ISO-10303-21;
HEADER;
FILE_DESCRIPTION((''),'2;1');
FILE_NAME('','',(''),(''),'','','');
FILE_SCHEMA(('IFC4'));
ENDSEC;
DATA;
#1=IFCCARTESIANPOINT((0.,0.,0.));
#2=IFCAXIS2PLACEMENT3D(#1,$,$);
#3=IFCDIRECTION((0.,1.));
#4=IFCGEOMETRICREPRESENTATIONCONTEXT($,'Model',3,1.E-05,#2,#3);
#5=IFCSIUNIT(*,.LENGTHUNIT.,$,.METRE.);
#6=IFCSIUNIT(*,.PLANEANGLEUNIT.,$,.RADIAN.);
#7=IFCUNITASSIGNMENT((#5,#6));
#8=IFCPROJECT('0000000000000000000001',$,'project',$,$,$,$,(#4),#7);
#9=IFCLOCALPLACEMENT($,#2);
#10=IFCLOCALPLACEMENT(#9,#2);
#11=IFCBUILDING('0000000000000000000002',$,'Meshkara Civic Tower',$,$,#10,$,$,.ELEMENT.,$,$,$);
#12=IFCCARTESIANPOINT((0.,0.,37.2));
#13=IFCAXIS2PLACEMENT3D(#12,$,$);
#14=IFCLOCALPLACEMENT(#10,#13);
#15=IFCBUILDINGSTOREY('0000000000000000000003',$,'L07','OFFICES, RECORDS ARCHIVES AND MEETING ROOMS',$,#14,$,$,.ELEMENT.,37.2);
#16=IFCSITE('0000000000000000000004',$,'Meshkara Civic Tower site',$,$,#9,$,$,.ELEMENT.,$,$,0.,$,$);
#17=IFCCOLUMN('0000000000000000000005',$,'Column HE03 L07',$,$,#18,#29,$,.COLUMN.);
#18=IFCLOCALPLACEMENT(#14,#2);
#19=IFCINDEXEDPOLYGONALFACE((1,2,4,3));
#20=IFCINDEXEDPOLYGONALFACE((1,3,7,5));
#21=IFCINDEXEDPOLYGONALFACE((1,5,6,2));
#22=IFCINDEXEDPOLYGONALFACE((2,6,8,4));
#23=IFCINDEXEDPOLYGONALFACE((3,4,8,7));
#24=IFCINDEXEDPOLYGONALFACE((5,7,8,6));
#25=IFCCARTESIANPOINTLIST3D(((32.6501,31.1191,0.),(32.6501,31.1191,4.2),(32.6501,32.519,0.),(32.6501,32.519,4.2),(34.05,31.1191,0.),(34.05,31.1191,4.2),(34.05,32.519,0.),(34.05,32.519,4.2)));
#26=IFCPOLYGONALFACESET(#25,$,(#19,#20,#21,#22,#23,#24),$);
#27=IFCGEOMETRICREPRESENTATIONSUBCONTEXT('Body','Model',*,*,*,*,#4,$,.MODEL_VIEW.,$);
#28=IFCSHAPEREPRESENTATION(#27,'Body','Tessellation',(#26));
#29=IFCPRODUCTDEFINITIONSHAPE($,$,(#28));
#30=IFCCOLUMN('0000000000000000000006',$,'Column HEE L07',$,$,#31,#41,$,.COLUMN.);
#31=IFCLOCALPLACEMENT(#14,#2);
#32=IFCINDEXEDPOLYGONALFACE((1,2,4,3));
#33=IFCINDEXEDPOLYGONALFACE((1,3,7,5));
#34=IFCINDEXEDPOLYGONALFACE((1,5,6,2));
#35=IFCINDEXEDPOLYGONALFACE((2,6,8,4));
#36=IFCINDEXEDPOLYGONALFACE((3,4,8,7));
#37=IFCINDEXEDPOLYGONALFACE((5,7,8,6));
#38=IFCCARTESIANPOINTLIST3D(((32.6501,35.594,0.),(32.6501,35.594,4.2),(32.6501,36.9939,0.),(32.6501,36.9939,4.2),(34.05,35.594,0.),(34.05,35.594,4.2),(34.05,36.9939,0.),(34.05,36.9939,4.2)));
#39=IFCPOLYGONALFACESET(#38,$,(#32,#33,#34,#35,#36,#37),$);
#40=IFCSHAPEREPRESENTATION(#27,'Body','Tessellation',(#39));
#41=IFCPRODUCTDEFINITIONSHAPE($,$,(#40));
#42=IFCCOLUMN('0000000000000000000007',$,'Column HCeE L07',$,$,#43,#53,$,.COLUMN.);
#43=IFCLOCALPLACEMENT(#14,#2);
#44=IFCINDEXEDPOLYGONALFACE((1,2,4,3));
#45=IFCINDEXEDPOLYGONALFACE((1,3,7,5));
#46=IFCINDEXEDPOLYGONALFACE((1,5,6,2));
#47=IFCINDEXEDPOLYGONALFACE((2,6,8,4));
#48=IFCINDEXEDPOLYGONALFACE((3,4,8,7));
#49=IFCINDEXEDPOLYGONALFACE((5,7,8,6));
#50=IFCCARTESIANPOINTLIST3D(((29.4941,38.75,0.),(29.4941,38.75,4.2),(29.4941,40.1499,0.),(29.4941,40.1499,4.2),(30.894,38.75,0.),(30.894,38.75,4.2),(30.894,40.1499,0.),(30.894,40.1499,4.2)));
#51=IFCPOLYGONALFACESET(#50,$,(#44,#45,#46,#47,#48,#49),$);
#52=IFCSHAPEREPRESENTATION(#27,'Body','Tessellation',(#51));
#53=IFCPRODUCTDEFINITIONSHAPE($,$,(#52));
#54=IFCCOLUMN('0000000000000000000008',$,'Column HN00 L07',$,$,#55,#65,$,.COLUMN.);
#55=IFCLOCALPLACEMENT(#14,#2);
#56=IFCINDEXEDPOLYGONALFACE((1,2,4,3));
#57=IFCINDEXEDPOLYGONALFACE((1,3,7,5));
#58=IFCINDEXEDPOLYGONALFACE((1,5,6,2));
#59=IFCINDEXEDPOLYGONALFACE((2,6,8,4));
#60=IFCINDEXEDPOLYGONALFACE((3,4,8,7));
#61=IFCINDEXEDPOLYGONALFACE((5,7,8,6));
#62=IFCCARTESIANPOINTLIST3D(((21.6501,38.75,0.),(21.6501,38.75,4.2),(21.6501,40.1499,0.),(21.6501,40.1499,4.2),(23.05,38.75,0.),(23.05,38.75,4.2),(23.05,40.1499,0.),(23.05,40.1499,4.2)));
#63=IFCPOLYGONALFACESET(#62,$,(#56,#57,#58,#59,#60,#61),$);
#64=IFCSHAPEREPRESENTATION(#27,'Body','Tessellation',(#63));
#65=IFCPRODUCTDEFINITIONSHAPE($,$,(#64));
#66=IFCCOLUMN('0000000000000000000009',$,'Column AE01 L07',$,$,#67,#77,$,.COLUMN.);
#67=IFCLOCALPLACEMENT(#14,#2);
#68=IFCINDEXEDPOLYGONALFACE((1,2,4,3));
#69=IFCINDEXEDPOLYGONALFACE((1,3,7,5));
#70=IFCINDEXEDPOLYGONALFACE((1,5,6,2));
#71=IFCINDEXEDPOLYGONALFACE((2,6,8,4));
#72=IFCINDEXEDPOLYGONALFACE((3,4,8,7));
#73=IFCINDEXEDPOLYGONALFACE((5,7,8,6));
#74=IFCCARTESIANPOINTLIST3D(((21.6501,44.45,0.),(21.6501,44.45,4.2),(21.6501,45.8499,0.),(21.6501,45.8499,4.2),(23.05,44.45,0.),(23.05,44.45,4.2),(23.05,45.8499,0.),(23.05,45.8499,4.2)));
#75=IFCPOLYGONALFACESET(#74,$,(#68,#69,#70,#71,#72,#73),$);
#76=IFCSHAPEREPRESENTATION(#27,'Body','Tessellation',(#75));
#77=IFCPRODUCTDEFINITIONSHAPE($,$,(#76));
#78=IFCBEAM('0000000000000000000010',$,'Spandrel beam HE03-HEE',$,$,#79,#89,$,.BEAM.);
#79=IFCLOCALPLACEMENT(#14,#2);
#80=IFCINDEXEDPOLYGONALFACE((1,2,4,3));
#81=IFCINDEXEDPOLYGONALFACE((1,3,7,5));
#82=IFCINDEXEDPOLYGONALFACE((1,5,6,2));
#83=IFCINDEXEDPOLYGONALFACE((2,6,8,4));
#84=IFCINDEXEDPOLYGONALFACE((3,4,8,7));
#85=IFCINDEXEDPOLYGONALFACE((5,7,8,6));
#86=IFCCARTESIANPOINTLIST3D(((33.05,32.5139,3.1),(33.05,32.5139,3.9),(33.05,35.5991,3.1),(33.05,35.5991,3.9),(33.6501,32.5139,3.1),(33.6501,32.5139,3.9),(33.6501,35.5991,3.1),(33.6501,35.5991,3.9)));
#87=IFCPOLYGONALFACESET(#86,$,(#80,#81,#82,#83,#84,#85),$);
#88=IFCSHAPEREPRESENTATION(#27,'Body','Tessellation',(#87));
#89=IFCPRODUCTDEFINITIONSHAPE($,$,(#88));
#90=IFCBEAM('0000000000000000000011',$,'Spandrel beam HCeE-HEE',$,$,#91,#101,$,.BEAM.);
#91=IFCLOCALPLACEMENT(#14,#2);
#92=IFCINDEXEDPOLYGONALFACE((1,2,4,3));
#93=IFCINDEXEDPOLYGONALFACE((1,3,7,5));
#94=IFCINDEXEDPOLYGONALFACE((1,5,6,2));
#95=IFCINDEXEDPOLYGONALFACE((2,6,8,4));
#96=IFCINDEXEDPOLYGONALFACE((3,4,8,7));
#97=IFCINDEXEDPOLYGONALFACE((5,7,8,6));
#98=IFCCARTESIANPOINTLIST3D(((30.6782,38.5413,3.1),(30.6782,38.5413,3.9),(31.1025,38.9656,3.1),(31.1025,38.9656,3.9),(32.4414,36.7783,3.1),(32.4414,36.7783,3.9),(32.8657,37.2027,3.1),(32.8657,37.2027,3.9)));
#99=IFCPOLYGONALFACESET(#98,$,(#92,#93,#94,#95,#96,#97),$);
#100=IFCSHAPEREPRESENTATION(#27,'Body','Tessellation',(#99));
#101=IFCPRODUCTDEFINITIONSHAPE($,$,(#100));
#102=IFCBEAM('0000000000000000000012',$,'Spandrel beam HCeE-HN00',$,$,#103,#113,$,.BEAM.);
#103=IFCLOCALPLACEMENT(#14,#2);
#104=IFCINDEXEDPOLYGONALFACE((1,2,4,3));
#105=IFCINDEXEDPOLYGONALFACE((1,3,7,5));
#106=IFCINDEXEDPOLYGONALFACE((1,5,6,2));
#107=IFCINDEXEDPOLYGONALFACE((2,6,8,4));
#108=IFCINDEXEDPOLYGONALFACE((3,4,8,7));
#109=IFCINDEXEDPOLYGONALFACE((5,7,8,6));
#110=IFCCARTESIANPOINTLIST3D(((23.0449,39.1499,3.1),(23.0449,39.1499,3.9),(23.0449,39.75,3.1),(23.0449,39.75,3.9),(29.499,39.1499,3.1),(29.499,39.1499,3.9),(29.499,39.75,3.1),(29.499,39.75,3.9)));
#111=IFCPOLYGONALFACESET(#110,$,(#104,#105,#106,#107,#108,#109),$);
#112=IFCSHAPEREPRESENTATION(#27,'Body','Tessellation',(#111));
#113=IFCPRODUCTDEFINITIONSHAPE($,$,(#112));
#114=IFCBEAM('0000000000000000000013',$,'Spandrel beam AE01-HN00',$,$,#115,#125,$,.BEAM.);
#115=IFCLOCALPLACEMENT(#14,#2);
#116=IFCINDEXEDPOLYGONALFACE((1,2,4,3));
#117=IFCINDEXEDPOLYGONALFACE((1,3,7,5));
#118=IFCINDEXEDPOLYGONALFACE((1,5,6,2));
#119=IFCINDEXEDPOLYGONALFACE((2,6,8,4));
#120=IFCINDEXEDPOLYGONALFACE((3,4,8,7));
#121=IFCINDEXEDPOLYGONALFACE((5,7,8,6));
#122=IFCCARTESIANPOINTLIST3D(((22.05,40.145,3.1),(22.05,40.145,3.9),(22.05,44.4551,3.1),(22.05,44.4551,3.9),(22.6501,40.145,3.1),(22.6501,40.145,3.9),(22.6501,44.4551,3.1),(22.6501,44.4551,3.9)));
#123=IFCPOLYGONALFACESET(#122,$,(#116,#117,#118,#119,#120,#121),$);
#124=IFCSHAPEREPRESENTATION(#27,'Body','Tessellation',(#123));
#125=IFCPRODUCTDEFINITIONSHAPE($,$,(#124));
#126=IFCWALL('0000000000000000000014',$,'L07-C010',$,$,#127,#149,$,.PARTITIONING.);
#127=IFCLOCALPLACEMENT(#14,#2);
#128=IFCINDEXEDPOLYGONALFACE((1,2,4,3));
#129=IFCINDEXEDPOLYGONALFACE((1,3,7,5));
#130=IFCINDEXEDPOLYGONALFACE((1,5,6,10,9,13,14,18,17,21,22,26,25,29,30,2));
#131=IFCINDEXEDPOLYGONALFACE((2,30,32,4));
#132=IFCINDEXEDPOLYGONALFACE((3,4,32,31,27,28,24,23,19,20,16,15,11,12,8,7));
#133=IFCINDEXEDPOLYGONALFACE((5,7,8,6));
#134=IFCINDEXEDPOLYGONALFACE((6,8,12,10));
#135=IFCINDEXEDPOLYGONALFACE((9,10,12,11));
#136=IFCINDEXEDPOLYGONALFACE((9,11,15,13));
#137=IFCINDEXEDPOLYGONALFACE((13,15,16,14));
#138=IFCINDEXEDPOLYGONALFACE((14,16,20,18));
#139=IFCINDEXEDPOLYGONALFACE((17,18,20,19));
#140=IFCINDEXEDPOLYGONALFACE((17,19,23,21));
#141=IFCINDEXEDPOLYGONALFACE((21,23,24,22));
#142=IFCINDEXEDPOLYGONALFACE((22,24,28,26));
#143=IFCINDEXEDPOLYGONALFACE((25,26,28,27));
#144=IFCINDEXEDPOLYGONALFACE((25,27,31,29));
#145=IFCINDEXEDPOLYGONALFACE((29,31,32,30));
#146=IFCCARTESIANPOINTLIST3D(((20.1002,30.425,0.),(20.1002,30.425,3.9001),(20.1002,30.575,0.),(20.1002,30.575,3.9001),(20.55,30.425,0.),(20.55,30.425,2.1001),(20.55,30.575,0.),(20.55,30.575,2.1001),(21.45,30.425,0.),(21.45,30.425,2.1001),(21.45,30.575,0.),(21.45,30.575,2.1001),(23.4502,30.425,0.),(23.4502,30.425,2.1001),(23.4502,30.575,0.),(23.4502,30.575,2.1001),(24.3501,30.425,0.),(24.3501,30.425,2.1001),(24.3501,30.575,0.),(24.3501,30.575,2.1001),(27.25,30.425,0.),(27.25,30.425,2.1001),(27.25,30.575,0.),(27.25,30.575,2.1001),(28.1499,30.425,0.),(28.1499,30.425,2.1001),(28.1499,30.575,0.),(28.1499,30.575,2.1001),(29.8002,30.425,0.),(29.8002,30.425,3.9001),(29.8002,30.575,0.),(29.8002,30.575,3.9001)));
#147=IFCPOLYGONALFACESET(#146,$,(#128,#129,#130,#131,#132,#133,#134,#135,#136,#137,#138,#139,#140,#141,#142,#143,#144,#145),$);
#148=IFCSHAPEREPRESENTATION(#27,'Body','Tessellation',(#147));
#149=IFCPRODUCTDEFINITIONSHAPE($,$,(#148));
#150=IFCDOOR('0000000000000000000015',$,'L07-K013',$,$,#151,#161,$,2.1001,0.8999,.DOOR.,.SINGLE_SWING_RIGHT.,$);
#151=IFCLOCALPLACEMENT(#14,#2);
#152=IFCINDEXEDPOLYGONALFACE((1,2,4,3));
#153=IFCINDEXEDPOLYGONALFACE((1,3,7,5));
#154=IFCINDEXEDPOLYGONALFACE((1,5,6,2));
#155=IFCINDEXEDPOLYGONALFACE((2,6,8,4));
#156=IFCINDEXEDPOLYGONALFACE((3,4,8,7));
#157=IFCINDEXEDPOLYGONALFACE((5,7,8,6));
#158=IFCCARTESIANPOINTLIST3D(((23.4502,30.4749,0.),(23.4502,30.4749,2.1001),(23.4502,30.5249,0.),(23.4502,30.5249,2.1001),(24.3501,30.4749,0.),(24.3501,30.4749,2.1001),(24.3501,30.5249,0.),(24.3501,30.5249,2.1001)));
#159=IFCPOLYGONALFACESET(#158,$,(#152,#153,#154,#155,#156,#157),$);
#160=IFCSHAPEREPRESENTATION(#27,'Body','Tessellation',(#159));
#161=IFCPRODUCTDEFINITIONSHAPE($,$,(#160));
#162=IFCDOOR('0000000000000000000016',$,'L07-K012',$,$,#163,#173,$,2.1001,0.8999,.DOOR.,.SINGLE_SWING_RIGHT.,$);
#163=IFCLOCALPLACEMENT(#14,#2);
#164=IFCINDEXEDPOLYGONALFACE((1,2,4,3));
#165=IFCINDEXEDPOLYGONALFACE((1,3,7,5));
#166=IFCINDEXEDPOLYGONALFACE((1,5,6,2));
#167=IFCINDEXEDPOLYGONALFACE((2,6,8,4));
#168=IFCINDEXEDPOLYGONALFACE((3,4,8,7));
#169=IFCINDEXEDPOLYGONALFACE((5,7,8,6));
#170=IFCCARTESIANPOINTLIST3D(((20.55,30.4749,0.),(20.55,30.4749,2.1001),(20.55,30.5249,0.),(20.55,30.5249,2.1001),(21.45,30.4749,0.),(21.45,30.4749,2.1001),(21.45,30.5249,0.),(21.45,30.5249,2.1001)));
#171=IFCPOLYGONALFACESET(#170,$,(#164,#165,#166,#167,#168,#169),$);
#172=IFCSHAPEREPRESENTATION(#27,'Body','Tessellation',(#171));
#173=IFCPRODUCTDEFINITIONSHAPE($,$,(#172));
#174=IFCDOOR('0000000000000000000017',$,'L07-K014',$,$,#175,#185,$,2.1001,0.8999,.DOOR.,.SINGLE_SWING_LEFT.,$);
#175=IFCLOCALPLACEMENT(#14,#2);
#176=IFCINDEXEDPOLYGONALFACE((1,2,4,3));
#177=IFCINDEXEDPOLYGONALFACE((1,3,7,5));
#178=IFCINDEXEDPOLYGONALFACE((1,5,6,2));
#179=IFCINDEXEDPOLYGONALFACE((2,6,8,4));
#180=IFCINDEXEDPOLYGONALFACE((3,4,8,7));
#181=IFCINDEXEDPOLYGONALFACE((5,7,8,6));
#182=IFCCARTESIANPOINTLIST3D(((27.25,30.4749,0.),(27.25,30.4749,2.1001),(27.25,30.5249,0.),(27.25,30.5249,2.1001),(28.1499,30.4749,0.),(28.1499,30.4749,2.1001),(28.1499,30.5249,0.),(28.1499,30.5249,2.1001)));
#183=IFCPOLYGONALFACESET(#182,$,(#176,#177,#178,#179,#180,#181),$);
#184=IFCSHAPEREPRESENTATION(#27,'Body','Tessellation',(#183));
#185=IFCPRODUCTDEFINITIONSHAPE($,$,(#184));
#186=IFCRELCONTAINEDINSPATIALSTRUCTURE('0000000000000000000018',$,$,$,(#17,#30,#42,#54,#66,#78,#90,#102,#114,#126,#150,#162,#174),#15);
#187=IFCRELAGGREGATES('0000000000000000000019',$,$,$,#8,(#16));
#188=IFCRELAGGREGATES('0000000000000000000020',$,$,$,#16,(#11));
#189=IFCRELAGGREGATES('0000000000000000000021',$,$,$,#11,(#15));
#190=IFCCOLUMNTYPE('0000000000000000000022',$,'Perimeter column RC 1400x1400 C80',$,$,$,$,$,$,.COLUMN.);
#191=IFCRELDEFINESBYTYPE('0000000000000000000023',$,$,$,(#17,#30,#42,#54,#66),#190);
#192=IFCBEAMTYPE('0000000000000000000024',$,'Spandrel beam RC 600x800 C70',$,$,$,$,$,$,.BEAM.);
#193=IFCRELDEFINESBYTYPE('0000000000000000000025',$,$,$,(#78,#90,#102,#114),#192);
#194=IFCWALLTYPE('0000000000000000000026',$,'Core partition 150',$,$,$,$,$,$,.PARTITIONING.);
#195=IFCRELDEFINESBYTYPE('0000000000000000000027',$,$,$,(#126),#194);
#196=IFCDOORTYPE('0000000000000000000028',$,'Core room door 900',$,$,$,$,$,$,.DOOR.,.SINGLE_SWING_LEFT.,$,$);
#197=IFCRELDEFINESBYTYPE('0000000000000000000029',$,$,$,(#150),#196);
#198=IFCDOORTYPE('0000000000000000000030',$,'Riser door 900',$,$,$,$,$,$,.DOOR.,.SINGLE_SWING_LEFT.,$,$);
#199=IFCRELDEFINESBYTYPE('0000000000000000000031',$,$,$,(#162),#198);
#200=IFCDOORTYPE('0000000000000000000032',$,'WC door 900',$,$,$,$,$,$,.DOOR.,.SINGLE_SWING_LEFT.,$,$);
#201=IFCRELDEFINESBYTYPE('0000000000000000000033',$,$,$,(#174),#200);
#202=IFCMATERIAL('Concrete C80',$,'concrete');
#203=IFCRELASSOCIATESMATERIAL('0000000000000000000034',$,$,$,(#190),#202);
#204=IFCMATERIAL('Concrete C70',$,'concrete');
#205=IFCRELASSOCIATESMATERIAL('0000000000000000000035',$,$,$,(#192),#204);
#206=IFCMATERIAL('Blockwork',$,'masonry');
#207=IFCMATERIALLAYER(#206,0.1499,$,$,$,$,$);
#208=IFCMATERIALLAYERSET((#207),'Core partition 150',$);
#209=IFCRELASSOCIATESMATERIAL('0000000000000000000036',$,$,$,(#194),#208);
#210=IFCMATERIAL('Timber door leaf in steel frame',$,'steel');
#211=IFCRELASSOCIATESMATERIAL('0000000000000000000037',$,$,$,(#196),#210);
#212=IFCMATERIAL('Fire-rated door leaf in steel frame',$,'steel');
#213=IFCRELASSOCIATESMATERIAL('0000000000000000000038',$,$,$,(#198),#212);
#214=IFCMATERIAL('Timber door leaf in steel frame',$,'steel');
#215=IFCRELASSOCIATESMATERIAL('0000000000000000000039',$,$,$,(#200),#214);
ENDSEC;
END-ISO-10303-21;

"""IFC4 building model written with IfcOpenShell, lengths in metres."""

from ifc_helpers import new_model, si_unit, direction, frame, frame_2d, origin, origin_2d, place, context, subcontext, project, spatial, rectangle, extrude, material, layer, layer_set, material_profile, profile_set, type_object, element, fill, save


model = new_model("IFC4")

# Units and contexts
model_context = context("Model", 3, precision=1e-05, world=origin(), true_north=direction((0.0, 1.0)))
body_context = subcontext(model_context, "Body", "Model", "MODEL_VIEW")
ifc_project = project(units=[si_unit("LENGTHUNIT", "METRE"), si_unit("PLANEANGLEUNIT", "RADIAN")], contexts=[model_context])

# Site, building, storey
site_placement = place(None, origin())
site = spatial("IfcSite", under=ifc_project, at=site_placement, Name="Meshkara Civic Tower site", CompositionType="ELEMENT", RefElevation=0.0)
building_placement = place(site_placement, origin())
building = spatial("IfcBuilding", under=site, at=building_placement, Name="Meshkara Civic Tower", CompositionType="ELEMENT")
storey_placement = place(building_placement, frame((0.0, 0.0, 37.2)))
storey = spatial("IfcBuildingStorey", under=building, at=storey_placement, Name="L07", Description="OFFICES, RECORDS ARCHIVES AND MEETING ROOMS", CompositionType="ELEMENT", Elevation=37.2)

# Columns
ifc_material_1 = material(Name="Concrete C80", Category="concrete")
ifc_material_profile_1 = material_profile(ifc_material_1, rectangle(XDim=1.3999, YDim=1.3999, at=origin_2d()))
ifc_profile_set_1 = profile_set([ifc_material_profile_1], Name="Concrete C80")
column_type = type_object("IfcColumnType", Name="Perimeter column RC 1400x1400 C80", PredefinedType="COLUMN", material=ifc_profile_set_1)
for number, where, z_axis, x_axis, name in (
    (1, (33.3501, 31.8191, 0.0), (0.0, 0.0, 1.0), (1.0, 0.0, 0.0), "Column HE03 L07"),
    (2, (33.3501, 36.2939, 0.0), (0.0, 0.0, 1.0), (1.0, 0.0, 0.0), "Column HEE L07"),
    (3, (30.1941, 39.45, 0.0), (0.0, 0.0, 1.0), (1.0, 0.0, 0.0), "Column HCeE L07"),
    (4, (22.3501, 39.45, 0.0), (0.0, 0.0, 1.0), (1.0, 0.0, 0.0), "Column HN00 L07"),
    (5, (22.3501, 45.1499, 0.0), (0.0, 0.0, 1.0), (1.0, 0.0, 0.0), "Column AE01 L07"),
):
    element("IfcColumn", number, at=place(storey_placement, frame(where, z_axis=z_axis, x_axis=x_axis)), inside=storey, type_object=column_type, Name=name, PredefinedType="COLUMN", context=body_context, shape_type="SweptSolid", body=[
        extrude(rectangle(XDim=1.3999, YDim=1.3999, at=origin_2d()), origin(), (0.0, 0.0, 1.0), 4.2),
    ])

# Beams
ifc_material_2 = material(Name="Concrete C70", Category="concrete")
ifc_material_profile_2 = material_profile(ifc_material_2, rectangle(XDim=0.6001, YDim=0.8, at=origin_2d()))
ifc_profile_set_2 = profile_set([ifc_material_profile_2], Name="Concrete C70")
beam_type = type_object("IfcBeamType", Name="Spandrel beam RC 600x800 C70", PredefinedType="BEAM", material=ifc_profile_set_2)
beam_1_placement = place(storey_placement, frame((33.3501, 32.5139, 3.5), z_axis=(0.0, 1.0, 0.0), x_axis=(-1.0, 0.0, 0.0)))
element("IfcBeam", 6, at=beam_1_placement, inside=storey, type_object=beam_type, Name="Spandrel beam HE03-HEE", PredefinedType="BEAM", context=body_context, shape_type="SweptSolid", body=[
    extrude(rectangle(XDim=0.6001, YDim=0.8, at=origin_2d()), origin(), (0.0, 0.0, 1.0), 3.0852),
])
beam_2_placement = place(storey_placement, frame((32.6536, 36.9905, 3.5), z_axis=(-0.707156, 0.707058, 0.0), x_axis=(-0.707058, -0.707156, 0.0)))
element("IfcBeam", 7, at=beam_2_placement, inside=storey, type_object=beam_type, Name="Spandrel beam HCeE-HEE", PredefinedType="BEAM", context=body_context, shape_type="SweptSolid", body=[
    extrude(rectangle(XDim=0.6001, YDim=0.8, at=origin_2d()), origin(), (0.0, 0.0, 1.0), 2.4934),
])
beam_3_placement = place(storey_placement, frame((29.499, 39.45, 3.5), z_axis=(-1.0, 0.0, 0.0), x_axis=(0.0, -1.0, 0.0)))
element("IfcBeam", 8, at=beam_3_placement, inside=storey, type_object=beam_type, Name="Spandrel beam HCeE-HN00", PredefinedType="BEAM", context=body_context, shape_type="SweptSolid", body=[
    extrude(rectangle(XDim=0.6001, YDim=0.8, at=origin_2d()), origin(), (0.0, 0.0, 1.0), 6.4541),
])
beam_4_placement = place(storey_placement, frame((22.3501, 40.145, 3.5), z_axis=(0.0, 1.0, 0.0), x_axis=(-1.0, 0.0, 0.0)))
element("IfcBeam", 9, at=beam_4_placement, inside=storey, type_object=beam_type, Name="Spandrel beam AE01-HN00", PredefinedType="BEAM", context=body_context, shape_type="SweptSolid", body=[
    extrude(rectangle(XDim=0.6001, YDim=0.8, at=origin_2d()), origin(), (0.0, 0.0, 1.0), 4.3101),
])

# Wall, openings, doors
ifc_material_3 = material(Name="Blockwork", Category="masonry")
ifc_layer_1 = layer(ifc_material_3, 0.1499)
ifc_layer_set_1 = layer_set([ifc_layer_1], Name="Core partition 150")
wall_type_1 = type_object("IfcWallType", Name="Core partition 150", PredefinedType="PARTITIONING", material=ifc_layer_set_1)
wall_1_placement = place(storey_placement, frame((20.1001, 30.5, 0.0), z_axis=(0.0, 0.0, 1.0), x_axis=(1.0, 0.0, 0.0)))
wall_1 = element("IfcWall", 10, at=wall_1_placement, inside=storey, type_object=wall_type_1, Name="L07-C010", PredefinedType="PARTITIONING", context=body_context, shape_type="SweptSolid", body=[
    extrude(rectangle(XDim=9.7, YDim=0.1499, at=frame_2d((4.8501, 0.0))), origin(), (0.0, 0.0, 1.0), 3.9001),
])
opening_1_placement = place(wall_1_placement, frame((0.45, 0.0, 0.0)))
opening_1 = element("IfcOpeningElement", 11, at=opening_1_placement, cuts=wall_1, PredefinedType="OPENING", context=body_context, shape_type="SweptSolid", body=[
    extrude(rectangle(XDim=0.8999, YDim=2.1001, at=frame_2d((0.45, 1.05))), frame((0.0, 0.085, 0.0), z_axis=(0.0, -1.0, 0.0), x_axis=(1.0, 0.0, 0.0)), (0.0, 0.0, 1.0), 0.1699),
])
opening_2_placement = place(wall_1_placement, frame((3.3501, 0.0, 0.0)))
opening_2 = element("IfcOpeningElement", 12, at=opening_2_placement, cuts=wall_1, PredefinedType="OPENING", context=body_context, shape_type="SweptSolid", body=[
    extrude(rectangle(XDim=0.8999, YDim=2.1001, at=frame_2d((0.45, 1.05))), frame((0.0, 0.085, 0.0), z_axis=(0.0, -1.0, 0.0), x_axis=(1.0, 0.0, 0.0)), (0.0, 0.0, 1.0), 0.1699),
])
opening_3_placement = place(wall_1_placement, frame((7.1499, 0.0, 0.0)))
opening_3 = element("IfcOpeningElement", 13, at=opening_3_placement, cuts=wall_1, PredefinedType="OPENING", context=body_context, shape_type="SweptSolid", body=[
    extrude(rectangle(XDim=0.8999, YDim=2.1001, at=frame_2d((0.45, 1.05))), frame((0.0, 0.085, 0.0), z_axis=(0.0, -1.0, 0.0), x_axis=(1.0, 0.0, 0.0)), (0.0, 0.0, 1.0), 0.1699),
])
ifc_material_4 = material(Name="Timber door leaf in steel frame", Category="steel")
door_type_1 = type_object("IfcDoorType", Name="Core room door 900", OperationType="SINGLE_SWING_LEFT", PredefinedType="DOOR", material=ifc_material_4)
door_1_placement = place(opening_2_placement, origin())
door_1 = element("IfcDoor", 14, at=door_1_placement, inside=storey, type_object=door_type_1, Name="L07-K013", OperationType="SINGLE_SWING_RIGHT", OverallHeight=2.1001, OverallWidth=0.8999, PredefinedType="DOOR", context=body_context, shape_type="SweptSolid", body=[
    extrude(rectangle(XDim=0.8999, YDim=2.1001, at=frame_2d((0.45, 1.05))), frame((0.0, 0.0249, 0.0), z_axis=(0.0, -1.0, 0.0), x_axis=(1.0, 0.0, 0.0)), (0.0, 0.0, 1.0), 0.05),
])
fill(opening_2, door_1)
ifc_material_5 = material(Name="Fire-rated door leaf in steel frame", Category="steel")
door_type_2 = type_object("IfcDoorType", Name="Riser door 900", OperationType="SINGLE_SWING_LEFT", PredefinedType="DOOR", material=ifc_material_5)
door_2_placement = place(opening_1_placement, origin())
door_2 = element("IfcDoor", 15, at=door_2_placement, inside=storey, type_object=door_type_2, Name="L07-K012", OperationType="SINGLE_SWING_RIGHT", OverallHeight=2.1001, OverallWidth=0.8999, PredefinedType="DOOR", context=body_context, shape_type="SweptSolid", body=[
    extrude(rectangle(XDim=0.8999, YDim=2.1001, at=frame_2d((0.45, 1.05))), frame((0.0, 0.0249, 0.0), z_axis=(0.0, -1.0, 0.0), x_axis=(1.0, 0.0, 0.0)), (0.0, 0.0, 1.0), 0.05),
])
fill(opening_1, door_2)
ifc_material_6 = material(Name="Timber door leaf in steel frame", Category="steel")
door_type_3 = type_object("IfcDoorType", Name="WC door 900", OperationType="SINGLE_SWING_LEFT", PredefinedType="DOOR", material=ifc_material_6)
door_3_placement = place(opening_3_placement, origin())
door_3 = element("IfcDoor", 16, at=door_3_placement, inside=storey, type_object=door_type_3, Name="L07-K014", OperationType="SINGLE_SWING_LEFT", OverallHeight=2.1001, OverallWidth=0.8999, PredefinedType="DOOR", context=body_context, shape_type="SweptSolid", body=[
    extrude(rectangle(XDim=0.8999, YDim=2.1001, at=frame_2d((0.45, 1.05))), frame((0.0, 0.0249, 0.0), z_axis=(0.0, -1.0, 0.0), x_axis=(1.0, 0.0, 0.0)), (0.0, 0.0, 1.0), 0.05),
])
fill(opening_3, door_3)

save(model, "model.ifc")
